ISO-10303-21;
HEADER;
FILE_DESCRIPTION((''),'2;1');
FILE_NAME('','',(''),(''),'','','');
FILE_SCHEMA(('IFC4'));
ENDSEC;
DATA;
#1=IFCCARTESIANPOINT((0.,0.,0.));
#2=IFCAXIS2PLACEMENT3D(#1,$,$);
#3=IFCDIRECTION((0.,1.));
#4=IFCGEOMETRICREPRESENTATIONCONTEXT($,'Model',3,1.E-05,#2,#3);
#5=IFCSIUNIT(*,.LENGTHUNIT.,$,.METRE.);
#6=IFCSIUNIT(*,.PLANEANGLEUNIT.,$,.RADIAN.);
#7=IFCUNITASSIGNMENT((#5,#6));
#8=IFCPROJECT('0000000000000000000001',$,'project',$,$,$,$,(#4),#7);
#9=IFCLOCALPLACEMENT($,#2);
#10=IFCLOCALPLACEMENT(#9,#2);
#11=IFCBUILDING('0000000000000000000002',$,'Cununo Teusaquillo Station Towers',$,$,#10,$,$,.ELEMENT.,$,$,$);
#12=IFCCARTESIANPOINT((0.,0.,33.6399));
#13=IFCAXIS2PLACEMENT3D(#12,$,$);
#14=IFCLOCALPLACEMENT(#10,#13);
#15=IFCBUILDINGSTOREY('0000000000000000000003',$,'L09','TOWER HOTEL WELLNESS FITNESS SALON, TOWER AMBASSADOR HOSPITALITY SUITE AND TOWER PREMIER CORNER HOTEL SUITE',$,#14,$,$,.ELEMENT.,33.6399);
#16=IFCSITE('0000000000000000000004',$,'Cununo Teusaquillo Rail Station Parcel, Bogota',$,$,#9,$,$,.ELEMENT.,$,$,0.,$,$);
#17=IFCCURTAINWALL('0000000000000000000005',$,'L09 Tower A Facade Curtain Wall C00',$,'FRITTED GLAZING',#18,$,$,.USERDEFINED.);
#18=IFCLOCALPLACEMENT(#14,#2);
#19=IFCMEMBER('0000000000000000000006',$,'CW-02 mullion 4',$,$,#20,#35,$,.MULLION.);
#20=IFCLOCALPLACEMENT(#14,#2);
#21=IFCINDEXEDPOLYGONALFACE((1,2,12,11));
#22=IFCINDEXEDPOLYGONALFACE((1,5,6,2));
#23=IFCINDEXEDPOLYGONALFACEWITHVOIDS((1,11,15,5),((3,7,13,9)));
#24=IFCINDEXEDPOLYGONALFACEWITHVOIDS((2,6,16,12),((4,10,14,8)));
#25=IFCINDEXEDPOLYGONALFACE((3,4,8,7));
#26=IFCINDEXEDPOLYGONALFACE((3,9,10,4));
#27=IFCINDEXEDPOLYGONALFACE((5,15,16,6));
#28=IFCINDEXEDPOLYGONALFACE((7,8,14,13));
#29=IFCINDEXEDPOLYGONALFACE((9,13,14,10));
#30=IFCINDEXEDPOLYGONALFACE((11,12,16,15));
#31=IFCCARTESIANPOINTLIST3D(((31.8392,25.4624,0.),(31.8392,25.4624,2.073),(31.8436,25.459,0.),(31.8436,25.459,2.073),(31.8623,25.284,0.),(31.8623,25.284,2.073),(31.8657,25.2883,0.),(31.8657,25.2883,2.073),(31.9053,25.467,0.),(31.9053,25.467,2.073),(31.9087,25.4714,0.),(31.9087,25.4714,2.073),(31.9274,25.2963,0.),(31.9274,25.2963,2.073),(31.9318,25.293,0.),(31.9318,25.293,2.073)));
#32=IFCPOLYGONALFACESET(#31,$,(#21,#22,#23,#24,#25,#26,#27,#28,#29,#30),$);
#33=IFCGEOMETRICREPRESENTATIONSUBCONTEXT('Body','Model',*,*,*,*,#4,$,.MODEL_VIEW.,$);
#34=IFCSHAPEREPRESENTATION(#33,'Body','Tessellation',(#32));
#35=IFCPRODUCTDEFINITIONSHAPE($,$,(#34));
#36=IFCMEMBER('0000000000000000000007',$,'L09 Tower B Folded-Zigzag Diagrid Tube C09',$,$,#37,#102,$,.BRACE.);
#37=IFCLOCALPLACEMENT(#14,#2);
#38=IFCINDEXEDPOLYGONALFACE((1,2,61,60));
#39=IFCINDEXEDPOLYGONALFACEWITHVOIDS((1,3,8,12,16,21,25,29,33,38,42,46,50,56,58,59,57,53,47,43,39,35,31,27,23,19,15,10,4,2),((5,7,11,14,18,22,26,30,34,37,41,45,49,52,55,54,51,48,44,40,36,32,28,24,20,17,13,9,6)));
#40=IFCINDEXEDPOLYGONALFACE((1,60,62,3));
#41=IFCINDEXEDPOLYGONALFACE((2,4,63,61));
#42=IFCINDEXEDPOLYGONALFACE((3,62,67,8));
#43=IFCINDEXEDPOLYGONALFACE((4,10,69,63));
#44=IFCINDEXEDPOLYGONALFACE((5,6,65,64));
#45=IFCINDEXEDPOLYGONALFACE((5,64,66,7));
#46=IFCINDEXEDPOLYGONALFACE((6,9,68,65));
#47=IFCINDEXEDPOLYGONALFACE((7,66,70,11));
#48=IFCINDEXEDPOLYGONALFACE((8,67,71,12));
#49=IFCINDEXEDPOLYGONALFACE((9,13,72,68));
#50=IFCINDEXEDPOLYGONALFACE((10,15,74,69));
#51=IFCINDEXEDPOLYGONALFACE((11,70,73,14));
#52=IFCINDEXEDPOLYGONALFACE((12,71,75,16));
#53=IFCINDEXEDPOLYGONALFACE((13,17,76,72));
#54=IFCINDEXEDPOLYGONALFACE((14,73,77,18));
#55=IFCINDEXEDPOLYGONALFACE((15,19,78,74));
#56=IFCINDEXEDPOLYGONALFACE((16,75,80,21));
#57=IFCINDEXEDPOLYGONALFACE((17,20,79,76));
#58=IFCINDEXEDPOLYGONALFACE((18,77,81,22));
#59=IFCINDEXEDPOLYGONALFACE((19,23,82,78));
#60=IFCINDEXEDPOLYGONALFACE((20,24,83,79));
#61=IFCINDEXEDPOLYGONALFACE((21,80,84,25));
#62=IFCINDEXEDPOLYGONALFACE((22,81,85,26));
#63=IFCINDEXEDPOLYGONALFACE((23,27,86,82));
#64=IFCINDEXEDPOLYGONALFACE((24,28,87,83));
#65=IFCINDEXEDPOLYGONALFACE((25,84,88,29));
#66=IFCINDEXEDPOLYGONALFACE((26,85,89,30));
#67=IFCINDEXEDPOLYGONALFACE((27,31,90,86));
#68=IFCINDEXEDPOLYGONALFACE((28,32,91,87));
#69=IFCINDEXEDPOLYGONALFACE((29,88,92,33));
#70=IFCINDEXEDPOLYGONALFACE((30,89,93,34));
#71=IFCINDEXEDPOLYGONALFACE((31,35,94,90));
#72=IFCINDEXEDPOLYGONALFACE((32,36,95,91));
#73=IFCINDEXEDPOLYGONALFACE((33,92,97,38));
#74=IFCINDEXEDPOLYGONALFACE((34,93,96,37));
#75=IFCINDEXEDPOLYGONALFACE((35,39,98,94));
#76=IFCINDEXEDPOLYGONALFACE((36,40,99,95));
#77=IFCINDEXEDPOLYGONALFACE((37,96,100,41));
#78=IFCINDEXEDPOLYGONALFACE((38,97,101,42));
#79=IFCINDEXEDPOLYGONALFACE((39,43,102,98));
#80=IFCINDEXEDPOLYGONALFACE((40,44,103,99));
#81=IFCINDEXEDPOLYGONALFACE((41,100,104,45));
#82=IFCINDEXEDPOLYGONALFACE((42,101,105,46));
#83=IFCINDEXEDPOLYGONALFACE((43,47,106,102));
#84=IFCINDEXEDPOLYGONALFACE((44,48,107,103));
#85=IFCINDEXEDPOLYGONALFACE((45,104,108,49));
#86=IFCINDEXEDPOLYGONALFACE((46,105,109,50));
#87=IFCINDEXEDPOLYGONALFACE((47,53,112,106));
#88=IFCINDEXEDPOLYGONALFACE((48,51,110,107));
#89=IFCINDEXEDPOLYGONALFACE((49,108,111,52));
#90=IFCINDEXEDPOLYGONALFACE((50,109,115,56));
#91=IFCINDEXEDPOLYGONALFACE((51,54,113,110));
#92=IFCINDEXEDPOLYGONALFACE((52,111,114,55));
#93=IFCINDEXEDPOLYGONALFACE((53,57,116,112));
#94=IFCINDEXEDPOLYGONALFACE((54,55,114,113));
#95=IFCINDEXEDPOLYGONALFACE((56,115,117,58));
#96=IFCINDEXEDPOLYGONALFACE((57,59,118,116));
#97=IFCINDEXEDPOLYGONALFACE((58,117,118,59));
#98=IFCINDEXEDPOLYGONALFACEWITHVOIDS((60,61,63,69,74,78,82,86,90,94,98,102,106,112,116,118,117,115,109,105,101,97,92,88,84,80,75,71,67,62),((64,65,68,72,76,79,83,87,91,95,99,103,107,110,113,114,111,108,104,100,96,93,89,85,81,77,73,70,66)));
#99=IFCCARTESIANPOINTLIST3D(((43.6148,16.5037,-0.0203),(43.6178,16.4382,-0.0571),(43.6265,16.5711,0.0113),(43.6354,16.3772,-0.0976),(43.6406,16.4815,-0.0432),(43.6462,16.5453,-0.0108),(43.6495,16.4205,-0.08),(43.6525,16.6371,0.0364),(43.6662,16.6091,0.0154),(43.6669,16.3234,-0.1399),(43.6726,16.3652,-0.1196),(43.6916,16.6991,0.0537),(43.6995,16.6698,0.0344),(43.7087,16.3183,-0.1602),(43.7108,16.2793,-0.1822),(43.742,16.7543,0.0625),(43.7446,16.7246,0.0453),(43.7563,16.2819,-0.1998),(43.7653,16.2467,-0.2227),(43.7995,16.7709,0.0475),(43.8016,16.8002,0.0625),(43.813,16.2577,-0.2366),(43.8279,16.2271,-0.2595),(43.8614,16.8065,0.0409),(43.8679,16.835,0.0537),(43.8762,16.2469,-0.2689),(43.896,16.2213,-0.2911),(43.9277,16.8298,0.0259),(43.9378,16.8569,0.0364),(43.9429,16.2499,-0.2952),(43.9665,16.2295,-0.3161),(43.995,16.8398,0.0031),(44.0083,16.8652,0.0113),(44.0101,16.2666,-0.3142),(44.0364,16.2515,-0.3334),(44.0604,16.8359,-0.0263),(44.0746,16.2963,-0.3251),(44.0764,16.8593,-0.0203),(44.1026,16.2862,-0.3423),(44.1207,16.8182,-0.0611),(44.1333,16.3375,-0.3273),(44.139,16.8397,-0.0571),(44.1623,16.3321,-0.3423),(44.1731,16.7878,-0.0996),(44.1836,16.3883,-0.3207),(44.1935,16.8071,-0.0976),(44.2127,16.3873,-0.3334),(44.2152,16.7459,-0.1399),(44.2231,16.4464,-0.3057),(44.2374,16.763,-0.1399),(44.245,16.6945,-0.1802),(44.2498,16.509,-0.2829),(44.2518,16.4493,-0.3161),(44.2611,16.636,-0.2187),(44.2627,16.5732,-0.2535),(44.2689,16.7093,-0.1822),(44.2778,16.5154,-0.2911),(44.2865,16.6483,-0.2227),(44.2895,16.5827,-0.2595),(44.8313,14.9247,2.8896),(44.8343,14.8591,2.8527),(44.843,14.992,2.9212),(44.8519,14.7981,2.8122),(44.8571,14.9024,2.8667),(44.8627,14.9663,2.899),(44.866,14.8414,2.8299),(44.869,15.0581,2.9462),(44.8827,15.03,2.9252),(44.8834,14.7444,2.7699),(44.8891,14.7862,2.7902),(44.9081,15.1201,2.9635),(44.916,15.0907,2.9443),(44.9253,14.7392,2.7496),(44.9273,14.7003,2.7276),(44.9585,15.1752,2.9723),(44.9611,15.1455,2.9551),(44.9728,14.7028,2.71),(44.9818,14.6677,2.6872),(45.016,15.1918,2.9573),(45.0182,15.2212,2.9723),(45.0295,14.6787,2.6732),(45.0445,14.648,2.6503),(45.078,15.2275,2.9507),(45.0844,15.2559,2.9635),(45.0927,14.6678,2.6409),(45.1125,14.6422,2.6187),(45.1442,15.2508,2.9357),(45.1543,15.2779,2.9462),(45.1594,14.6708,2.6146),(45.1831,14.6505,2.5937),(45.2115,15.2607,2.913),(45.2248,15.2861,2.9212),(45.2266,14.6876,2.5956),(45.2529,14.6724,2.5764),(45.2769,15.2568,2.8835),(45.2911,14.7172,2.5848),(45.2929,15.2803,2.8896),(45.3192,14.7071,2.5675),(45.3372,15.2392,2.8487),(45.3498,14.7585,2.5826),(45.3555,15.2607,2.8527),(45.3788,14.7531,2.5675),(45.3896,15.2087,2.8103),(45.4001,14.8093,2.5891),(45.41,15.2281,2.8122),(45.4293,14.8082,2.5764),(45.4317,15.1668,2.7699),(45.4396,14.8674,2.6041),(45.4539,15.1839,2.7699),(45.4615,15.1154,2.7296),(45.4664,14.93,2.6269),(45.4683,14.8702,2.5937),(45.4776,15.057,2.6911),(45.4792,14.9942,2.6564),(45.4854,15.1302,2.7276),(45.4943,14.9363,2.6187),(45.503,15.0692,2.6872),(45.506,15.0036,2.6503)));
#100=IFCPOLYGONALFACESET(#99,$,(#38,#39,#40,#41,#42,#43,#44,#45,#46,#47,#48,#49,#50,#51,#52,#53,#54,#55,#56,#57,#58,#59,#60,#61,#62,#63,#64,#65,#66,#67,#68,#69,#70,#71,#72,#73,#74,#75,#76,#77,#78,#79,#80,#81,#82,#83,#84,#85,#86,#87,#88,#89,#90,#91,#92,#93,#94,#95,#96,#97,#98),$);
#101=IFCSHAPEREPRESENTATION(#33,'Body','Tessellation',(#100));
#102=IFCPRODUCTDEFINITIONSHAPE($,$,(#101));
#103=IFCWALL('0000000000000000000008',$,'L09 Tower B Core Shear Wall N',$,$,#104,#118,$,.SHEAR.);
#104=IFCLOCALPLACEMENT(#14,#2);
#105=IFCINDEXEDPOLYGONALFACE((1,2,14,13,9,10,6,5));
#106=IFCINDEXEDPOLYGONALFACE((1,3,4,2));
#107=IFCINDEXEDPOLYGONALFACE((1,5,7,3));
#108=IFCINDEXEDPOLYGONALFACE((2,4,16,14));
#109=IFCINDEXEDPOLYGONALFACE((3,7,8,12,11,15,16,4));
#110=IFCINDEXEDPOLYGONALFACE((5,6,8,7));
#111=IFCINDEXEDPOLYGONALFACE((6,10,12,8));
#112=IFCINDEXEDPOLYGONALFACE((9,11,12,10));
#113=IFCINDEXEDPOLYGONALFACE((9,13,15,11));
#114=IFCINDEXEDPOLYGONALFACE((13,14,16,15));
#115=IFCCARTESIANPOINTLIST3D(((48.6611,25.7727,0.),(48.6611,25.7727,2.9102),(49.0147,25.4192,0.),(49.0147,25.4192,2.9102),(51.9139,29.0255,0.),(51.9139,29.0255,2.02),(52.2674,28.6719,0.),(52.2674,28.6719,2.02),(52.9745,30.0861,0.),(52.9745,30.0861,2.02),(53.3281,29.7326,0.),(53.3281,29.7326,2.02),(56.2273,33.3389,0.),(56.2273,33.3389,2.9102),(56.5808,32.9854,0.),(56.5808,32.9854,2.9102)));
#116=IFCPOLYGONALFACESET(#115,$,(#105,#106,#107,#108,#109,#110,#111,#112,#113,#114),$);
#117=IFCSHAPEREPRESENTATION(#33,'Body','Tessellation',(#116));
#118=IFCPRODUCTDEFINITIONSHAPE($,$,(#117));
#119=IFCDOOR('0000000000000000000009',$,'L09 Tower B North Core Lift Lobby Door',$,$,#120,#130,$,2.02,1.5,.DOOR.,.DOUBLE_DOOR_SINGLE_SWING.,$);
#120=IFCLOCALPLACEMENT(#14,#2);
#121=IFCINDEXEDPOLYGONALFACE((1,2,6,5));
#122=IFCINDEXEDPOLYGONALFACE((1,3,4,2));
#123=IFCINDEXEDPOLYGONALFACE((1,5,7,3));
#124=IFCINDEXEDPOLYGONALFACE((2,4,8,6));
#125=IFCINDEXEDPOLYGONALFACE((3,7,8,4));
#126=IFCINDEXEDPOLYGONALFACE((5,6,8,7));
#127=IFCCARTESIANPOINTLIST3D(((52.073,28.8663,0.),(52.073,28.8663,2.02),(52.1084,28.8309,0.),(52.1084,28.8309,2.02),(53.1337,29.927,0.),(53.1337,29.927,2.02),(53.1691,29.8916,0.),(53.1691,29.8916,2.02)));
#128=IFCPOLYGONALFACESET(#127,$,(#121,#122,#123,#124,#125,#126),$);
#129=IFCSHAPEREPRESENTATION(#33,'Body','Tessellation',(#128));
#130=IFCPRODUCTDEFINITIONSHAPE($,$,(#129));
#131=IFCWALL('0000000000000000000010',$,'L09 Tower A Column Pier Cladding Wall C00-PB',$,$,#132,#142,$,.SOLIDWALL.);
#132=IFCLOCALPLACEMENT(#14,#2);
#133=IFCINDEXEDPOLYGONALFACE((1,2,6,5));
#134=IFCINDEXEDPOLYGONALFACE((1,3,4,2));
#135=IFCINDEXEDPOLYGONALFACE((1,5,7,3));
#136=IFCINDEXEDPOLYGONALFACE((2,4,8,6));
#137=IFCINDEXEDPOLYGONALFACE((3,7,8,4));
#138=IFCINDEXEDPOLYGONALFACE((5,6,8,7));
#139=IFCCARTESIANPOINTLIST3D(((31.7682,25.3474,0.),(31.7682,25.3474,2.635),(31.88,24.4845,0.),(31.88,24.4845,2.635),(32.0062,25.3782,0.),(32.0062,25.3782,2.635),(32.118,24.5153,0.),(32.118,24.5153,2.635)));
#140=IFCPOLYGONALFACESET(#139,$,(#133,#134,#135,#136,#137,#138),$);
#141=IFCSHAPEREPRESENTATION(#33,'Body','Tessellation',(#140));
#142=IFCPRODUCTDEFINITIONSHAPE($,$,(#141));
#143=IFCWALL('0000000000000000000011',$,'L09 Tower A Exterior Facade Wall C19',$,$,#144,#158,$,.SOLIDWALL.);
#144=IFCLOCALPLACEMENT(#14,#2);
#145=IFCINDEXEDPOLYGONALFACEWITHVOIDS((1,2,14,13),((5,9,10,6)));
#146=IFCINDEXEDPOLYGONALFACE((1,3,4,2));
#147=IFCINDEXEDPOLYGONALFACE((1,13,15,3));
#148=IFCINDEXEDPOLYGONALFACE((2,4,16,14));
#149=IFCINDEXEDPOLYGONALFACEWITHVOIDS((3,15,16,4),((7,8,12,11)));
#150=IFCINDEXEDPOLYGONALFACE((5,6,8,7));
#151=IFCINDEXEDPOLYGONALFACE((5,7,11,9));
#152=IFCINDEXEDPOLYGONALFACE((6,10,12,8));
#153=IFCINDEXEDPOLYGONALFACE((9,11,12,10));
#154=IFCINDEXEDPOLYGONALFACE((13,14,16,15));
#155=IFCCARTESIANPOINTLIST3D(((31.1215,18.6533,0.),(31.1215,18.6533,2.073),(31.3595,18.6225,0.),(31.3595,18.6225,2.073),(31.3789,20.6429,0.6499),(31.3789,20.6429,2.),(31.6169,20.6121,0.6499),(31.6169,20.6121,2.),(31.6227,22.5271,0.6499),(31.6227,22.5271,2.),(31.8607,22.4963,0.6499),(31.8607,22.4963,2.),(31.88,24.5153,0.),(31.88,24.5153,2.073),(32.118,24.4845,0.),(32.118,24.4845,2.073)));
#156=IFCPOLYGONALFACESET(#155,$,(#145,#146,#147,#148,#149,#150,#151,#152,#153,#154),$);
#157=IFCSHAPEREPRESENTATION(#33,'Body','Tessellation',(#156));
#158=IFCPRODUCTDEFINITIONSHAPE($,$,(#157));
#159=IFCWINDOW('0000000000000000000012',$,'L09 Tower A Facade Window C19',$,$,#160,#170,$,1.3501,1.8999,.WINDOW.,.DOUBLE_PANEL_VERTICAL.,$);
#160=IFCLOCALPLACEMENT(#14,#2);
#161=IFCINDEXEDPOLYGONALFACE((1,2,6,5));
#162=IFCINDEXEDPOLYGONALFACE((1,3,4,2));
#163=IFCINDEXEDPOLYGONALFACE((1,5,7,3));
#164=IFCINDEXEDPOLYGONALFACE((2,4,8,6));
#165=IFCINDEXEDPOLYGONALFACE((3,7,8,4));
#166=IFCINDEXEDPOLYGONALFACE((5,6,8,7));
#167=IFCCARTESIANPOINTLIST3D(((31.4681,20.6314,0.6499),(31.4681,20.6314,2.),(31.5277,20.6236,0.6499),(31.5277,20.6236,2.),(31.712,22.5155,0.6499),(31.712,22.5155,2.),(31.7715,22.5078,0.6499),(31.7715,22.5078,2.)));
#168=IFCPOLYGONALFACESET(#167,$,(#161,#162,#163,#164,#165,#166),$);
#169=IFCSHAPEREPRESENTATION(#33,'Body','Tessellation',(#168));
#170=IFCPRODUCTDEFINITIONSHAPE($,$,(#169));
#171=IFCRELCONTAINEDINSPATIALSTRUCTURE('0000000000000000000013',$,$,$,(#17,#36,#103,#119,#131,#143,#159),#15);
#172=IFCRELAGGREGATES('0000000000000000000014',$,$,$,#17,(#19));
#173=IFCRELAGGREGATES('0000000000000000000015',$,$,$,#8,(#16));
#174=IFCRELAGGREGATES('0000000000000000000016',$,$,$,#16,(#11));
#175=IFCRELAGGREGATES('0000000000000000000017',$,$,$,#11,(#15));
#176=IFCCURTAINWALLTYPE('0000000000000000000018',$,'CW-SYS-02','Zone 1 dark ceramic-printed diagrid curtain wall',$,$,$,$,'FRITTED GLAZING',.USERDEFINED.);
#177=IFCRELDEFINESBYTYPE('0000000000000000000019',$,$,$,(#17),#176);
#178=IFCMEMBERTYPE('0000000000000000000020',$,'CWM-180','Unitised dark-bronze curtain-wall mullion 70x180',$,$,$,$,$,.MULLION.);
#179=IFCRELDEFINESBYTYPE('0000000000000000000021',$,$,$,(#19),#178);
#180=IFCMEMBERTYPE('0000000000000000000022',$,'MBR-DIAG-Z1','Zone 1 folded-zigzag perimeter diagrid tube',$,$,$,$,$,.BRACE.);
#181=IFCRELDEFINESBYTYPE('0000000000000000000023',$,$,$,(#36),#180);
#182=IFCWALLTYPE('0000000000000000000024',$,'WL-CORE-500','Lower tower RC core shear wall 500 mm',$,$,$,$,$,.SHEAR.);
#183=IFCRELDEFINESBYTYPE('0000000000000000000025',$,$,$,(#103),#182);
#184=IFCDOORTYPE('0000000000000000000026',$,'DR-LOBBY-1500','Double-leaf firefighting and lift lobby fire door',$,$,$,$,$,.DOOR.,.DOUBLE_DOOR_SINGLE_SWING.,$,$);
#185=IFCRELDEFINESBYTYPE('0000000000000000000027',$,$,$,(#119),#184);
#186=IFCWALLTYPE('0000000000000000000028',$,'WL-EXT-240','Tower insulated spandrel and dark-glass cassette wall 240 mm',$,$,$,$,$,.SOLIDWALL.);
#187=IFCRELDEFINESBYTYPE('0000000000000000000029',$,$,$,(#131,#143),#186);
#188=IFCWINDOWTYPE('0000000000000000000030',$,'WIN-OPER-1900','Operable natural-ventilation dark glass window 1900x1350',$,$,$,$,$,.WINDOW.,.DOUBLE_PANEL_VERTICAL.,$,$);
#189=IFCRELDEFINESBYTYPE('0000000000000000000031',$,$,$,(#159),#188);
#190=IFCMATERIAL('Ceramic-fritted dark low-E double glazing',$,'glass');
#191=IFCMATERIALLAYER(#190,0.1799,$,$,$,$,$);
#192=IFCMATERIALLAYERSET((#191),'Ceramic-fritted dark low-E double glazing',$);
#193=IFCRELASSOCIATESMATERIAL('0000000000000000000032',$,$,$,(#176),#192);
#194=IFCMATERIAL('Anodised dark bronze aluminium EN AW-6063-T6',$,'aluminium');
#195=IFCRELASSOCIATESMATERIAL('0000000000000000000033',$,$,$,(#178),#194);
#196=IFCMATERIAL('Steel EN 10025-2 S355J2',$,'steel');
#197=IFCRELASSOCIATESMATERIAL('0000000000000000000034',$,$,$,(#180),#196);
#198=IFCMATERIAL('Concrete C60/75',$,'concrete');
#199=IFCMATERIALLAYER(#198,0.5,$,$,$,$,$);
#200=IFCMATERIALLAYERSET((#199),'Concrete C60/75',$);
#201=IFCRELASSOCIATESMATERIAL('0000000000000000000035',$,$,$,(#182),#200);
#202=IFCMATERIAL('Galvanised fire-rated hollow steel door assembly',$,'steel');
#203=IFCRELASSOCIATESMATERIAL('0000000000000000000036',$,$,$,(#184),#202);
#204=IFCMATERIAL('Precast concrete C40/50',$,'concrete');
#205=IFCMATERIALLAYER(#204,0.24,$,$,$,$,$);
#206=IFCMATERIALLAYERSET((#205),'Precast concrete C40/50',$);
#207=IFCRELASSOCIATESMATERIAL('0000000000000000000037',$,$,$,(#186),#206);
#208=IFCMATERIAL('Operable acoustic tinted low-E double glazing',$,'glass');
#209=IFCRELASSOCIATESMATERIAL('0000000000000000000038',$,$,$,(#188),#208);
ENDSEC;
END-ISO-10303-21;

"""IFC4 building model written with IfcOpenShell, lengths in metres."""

from ifc_helpers import new_model, si_unit, direction, frame, frame_2d, origin, origin_2d, place, context, subcontext, project, spatial, rectangle, hollow_rectangle, hollow_circle, extrude, source, transform, mapped, material, layer, layer_set, material_profile, profile_set, type_object, element, fill, aggregate, save


model = new_model("IFC4")

# Units and contexts
model_context = context("Model", 3, precision=1e-05, world=origin(), true_north=direction((0.0, 1.0)))
body_context = subcontext(model_context, "Body", "Model", "MODEL_VIEW")
ifc_project = project(units=[si_unit("LENGTHUNIT", "METRE"), si_unit("PLANEANGLEUNIT", "RADIAN")], contexts=[model_context])

# Site, building, storey
site_placement = place(None, origin())
site = spatial("IfcSite", under=ifc_project, at=site_placement, Name="Cununo Teusaquillo Rail Station Parcel, Bogota", CompositionType="ELEMENT", RefElevation=0.0)
building_placement = place(site_placement, origin())
building = spatial("IfcBuilding", under=site, at=building_placement, Name="Cununo Teusaquillo Station Towers", CompositionType="ELEMENT")
storey_placement = place(building_placement, frame((0.0, 0.0, 33.6399)))
storey = spatial("IfcBuildingStorey", under=building, at=storey_placement, Name="L09", Description="TOWER HOTEL WELLNESS FITNESS SALON, TOWER AMBASSADOR HOSPITALITY SUITE AND TOWER PREMIER CORNER HOTEL SUITE", CompositionType="ELEMENT", Elevation=33.6399)

# Curtain wall, member
ifc_material_1 = material(Name="Ceramic-fritted dark low-E double glazing", Category="glass")
ifc_layer_1 = layer(ifc_material_1, 0.1799)
ifc_layer_set_1 = layer_set([ifc_layer_1], Name="Ceramic-fritted dark low-E double glazing")
curtain_wall_type = type_object("IfcCurtainWallType", Name="CW-SYS-02", Description="Zone 1 dark ceramic-printed diagrid curtain wall", ElementType="FRITTED GLAZING", PredefinedType="USERDEFINED", material=ifc_layer_set_1)
curtain_wall_placement = place(storey_placement, origin())
curtain_wall = element("IfcCurtainWall", 1, at=curtain_wall_placement, inside=storey, type_object=curtain_wall_type, Name="L09 Tower A Facade Curtain Wall C00", ObjectType="FRITTED GLAZING", PredefinedType="USERDEFINED")
ifc_material_2 = material(Name="Anodised dark bronze aluminium EN AW-6063-T6", Category="aluminium")
ifc_material_profile_1 = material_profile(ifc_material_2, hollow_rectangle(XDim=0.0701, YDim=0.1799, WallThickness=0.0039, at=origin_2d()), Name="CW-MULL-70x180")
ifc_profile_set_1 = profile_set([ifc_material_profile_1], Name="Anodised dark bronze aluminium EN AW-6063-T6")
member_type_1 = type_object("IfcMemberType", Name="CWM-180", Description="Unitised dark-bronze curtain-wall mullion 70x180", PredefinedType="MULLION", material=ifc_profile_set_1)
member_1_placement = place(storey_placement, frame((31.8855, 25.3777, 0.0), z_axis=(0.0, 0.0, 1.0), x_axis=(0.991731, 0.128336, 0.0)))
member_1 = element("IfcMember", 2, at=member_1_placement, type_object=member_type_1, Name="CW-02 mullion 4", PredefinedType="MULLION", context=body_context, shape_type="SweptSolid", body=[
    extrude(hollow_rectangle(XDim=0.0701, YDim=0.1799, WallThickness=0.0039, at=origin_2d()), origin(), (0.0, 0.0, 1.0), 2.073),
])
aggregate(curtain_wall, [member_1])

# Member
ifc_material_3 = material(Name="Steel EN 10025-2 S355J2", Category="steel")
ifc_material_profile_2 = material_profile(ifc_material_3, hollow_circle(Radius=0.3601, WallThickness=0.0281, at=origin_2d()), Name="CHS 720x28")
ifc_profile_set_2 = profile_set([ifc_material_profile_2], Name="Steel EN 10025-2 S355J2")
member_type_2 = type_object("IfcMemberType", Name="MBR-DIAG-Z1", Description="Zone 1 folded-zigzag perimeter diagrid tube", PredefinedType="BRACE", material=ifc_profile_set_2)
member_2_placement = place(storey_placement, frame((43.9521, 16.5432, -0.1399), z_axis=(0.344906, -0.447692, 0.824992), x_axis=(0.792173, 0.610297, 0.0)))
element("IfcMember", 3, at=member_2_placement, inside=storey, type_object=member_type_2, Name="L09 Tower B Folded-Zigzag Diagrid Tube C09", PredefinedType="BRACE", context=body_context, shape_type="SweptSolid", body=[
    extrude(hollow_circle(Radius=0.3601, WallThickness=0.0281, at=origin_2d()), origin(), (0.0, 0.0, 1.0), 3.5271),
])

# Wall, opening, door
ifc_material_4 = material(Name="Concrete C60/75", Category="concrete")
ifc_layer_2 = layer(ifc_material_4, 0.5)
ifc_layer_set_2 = layer_set([ifc_layer_2], Name="Concrete C60/75")
wall_type_1 = type_object("IfcWallType", Name="WL-CORE-500", Description="Lower tower RC core shear wall 500 mm", PredefinedType="SHEAR", material=ifc_layer_set_2)
wall_1_placement = place(storey_placement, frame((48.8379, 25.5959, 0.0), z_axis=(0.0, 0.0, 1.0), x_axis=(0.707107, 0.707107, 0.0)))
wall_1 = element("IfcWall", 4, at=wall_1_placement, inside=storey, type_object=wall_type_1, Name="L09 Tower B Core Shear Wall N", PredefinedType="SHEAR", context=body_context, shape_type="SweptSolid", body=[
    extrude(rectangle(XDim=10.7002, YDim=0.5, at=frame_2d((5.3501, 0.0))), origin(), (0.0, 0.0, 1.0), 2.9102),
])
shared_shape_1 = source(origin(), body_context, "Body", "SweptSolid", [
    extrude(rectangle(XDim=1.5, YDim=2.02, at=frame_2d((0.75, 1.01))), frame((0.0, 0.26, 0.0), z_axis=(0.0, -1.0, 0.0), x_axis=(1.0, 0.0, 0.0)), (0.0, 0.0, 1.0), 0.52),
])
opening_1_placement = place(wall_1_placement, frame((4.6001, 0.0, 0.0)))
opening_1 = element("IfcOpeningElement", 5, at=opening_1_placement, cuts=wall_1, PredefinedType="OPENING", context=body_context, shape_type="MappedRepresentation", body=[
    mapped(shared_shape_1, transform((0.0, 0.0, 0.0), x_axis=(1.0, 0.0, 0.0), y_axis=(0.0, 1.0, 0.0), z_axis=(0.0, 0.0, 1.0), scale=1.0)),
])
ifc_material_5 = material(Name="Galvanised fire-rated hollow steel door assembly", Category="steel")
door_type_1 = type_object("IfcDoorType", Name="DR-LOBBY-1500", Description="Double-leaf firefighting and lift lobby fire door", OperationType="DOUBLE_DOOR_SINGLE_SWING", PredefinedType="DOOR", material=ifc_material_5)
shared_shape_2 = source(origin(), body_context, "Body", "SweptSolid", [
    extrude(rectangle(XDim=1.5, YDim=2.02, at=frame_2d((0.75, 1.01))), frame((0.0, 0.0249, 0.0), z_axis=(0.0, -1.0, 0.0), x_axis=(1.0, 0.0, 0.0)), (0.0, 0.0, 1.0), 0.05),
])
door_1_placement = place(opening_1_placement, origin())
door_1 = element("IfcDoor", 6, at=door_1_placement, inside=storey, type_object=door_type_1, Name="L09 Tower B North Core Lift Lobby Door", OperationType="DOUBLE_DOOR_SINGLE_SWING", OverallHeight=2.02, OverallWidth=1.5, PredefinedType="DOOR", context=body_context, shape_type="MappedRepresentation", body=[
    mapped(shared_shape_2, transform((0.0, 0.0, 0.0), x_axis=(1.0, 0.0, 0.0), y_axis=(0.0, 1.0, 0.0), z_axis=(0.0, 0.0, 1.0), scale=1.0)),
])
fill(opening_1, door_1)

# Wall
ifc_material_6 = material(Name="Precast concrete C40/50", Category="concrete")
ifc_layer_3 = layer(ifc_material_6, 0.24)
ifc_layer_set_3 = layer_set([ifc_layer_3], Name="Precast concrete C40/50")
wall_type_2 = type_object("IfcWallType", Name="WL-EXT-240", Description="Tower insulated spandrel and dark-glass cassette wall 240 mm", PredefinedType="SOLIDWALL", material=ifc_layer_set_3)
wall_2_placement = place(storey_placement, frame((31.8872, 25.3628, 0.0), z_axis=(0.0, 0.0, 1.0), x_axis=(0.128523, -0.991706, 0.0)))
element("IfcWall", 7, at=wall_2_placement, inside=storey, type_object=wall_type_2, Name="L09 Tower A Column Pier Cladding Wall C00-PB", PredefinedType="SOLIDWALL", context=body_context, shape_type="SweptSolid", body=[
    extrude(rectangle(XDim=0.8701, YDim=0.24, at=frame_2d((0.4351, 0.0))), origin(), (0.0, 0.0, 1.0), 2.635),
])

# Wall, opening, window
wall_3_placement = place(storey_placement, frame((31.999, 24.5, 0.0), z_axis=(0.0, 0.0, 1.0), x_axis=(-0.128329, -0.991732, 0.0)))
wall_3 = element("IfcWall", 8, at=wall_3_placement, inside=storey, type_object=wall_type_2, Name="L09 Tower A Exterior Facade Wall C19", PredefinedType="SOLIDWALL", context=body_context, shape_type="SweptSolid", body=[
    extrude(rectangle(XDim=5.9109, YDim=0.24, at=frame_2d((2.9556, 0.0))), origin(), (0.0, 0.0, 1.0), 2.073),
])
shared_shape_3 = source(origin(), body_context, "Body", "SweptSolid", [
    extrude(rectangle(XDim=1.8999, YDim=1.3501, at=frame_2d((0.95, 0.675))), frame((0.0, 0.1299, 0.0), z_axis=(0.0, -1.0, 0.0), x_axis=(1.0, 0.0, 0.0)), (0.0, 0.0, 1.0), 0.26),
])
opening_2_placement = place(wall_3_placement, frame((2.0049, 0.0, 0.6499)))
opening_2 = element("IfcOpeningElement", 9, at=opening_2_placement, cuts=wall_3, PredefinedType="OPENING", context=body_context, shape_type="MappedRepresentation", body=[
    mapped(shared_shape_3, transform((0.0, 0.0, 0.0), x_axis=(1.0, 0.0, 0.0), y_axis=(0.0, 1.0, 0.0), z_axis=(0.0, 0.0, 1.0), scale=1.0)),
])
ifc_material_7 = material(Name="Operable acoustic tinted low-E double glazing", Category="glass")
window_type = type_object("IfcWindowType", Name="WIN-OPER-1900", Description="Operable natural-ventilation dark glass window 1900x1350", PartitioningType="DOUBLE_PANEL_VERTICAL", PredefinedType="WINDOW", material=ifc_material_7)
shared_shape_4 = source(origin(), body_context, "Body", "SweptSolid", [
    extrude(rectangle(XDim=1.8999, YDim=1.3501, at=frame_2d((0.95, 0.675))), frame((0.0, 0.03, 0.0), z_axis=(0.0, -1.0, 0.0), x_axis=(1.0, 0.0, 0.0)), (0.0, 0.0, 1.0), 0.0601),
])
window_1_placement = place(opening_2_placement, origin())
window_1 = element("IfcWindow", 10, at=window_1_placement, inside=storey, type_object=window_type, Name="L09 Tower A Facade Window C19", OverallHeight=1.3501, OverallWidth=1.8999, PartitioningType="DOUBLE_PANEL_VERTICAL", PredefinedType="WINDOW", context=body_context, shape_type="MappedRepresentation", body=[
    mapped(shared_shape_4, transform((0.0, 0.0, 0.0), x_axis=(1.0, 0.0, 0.0), y_axis=(0.0, 1.0, 0.0), z_axis=(0.0, 0.0, 1.0), scale=1.0)),
])
fill(opening_2, window_1)

save(model, "model.ifc")
